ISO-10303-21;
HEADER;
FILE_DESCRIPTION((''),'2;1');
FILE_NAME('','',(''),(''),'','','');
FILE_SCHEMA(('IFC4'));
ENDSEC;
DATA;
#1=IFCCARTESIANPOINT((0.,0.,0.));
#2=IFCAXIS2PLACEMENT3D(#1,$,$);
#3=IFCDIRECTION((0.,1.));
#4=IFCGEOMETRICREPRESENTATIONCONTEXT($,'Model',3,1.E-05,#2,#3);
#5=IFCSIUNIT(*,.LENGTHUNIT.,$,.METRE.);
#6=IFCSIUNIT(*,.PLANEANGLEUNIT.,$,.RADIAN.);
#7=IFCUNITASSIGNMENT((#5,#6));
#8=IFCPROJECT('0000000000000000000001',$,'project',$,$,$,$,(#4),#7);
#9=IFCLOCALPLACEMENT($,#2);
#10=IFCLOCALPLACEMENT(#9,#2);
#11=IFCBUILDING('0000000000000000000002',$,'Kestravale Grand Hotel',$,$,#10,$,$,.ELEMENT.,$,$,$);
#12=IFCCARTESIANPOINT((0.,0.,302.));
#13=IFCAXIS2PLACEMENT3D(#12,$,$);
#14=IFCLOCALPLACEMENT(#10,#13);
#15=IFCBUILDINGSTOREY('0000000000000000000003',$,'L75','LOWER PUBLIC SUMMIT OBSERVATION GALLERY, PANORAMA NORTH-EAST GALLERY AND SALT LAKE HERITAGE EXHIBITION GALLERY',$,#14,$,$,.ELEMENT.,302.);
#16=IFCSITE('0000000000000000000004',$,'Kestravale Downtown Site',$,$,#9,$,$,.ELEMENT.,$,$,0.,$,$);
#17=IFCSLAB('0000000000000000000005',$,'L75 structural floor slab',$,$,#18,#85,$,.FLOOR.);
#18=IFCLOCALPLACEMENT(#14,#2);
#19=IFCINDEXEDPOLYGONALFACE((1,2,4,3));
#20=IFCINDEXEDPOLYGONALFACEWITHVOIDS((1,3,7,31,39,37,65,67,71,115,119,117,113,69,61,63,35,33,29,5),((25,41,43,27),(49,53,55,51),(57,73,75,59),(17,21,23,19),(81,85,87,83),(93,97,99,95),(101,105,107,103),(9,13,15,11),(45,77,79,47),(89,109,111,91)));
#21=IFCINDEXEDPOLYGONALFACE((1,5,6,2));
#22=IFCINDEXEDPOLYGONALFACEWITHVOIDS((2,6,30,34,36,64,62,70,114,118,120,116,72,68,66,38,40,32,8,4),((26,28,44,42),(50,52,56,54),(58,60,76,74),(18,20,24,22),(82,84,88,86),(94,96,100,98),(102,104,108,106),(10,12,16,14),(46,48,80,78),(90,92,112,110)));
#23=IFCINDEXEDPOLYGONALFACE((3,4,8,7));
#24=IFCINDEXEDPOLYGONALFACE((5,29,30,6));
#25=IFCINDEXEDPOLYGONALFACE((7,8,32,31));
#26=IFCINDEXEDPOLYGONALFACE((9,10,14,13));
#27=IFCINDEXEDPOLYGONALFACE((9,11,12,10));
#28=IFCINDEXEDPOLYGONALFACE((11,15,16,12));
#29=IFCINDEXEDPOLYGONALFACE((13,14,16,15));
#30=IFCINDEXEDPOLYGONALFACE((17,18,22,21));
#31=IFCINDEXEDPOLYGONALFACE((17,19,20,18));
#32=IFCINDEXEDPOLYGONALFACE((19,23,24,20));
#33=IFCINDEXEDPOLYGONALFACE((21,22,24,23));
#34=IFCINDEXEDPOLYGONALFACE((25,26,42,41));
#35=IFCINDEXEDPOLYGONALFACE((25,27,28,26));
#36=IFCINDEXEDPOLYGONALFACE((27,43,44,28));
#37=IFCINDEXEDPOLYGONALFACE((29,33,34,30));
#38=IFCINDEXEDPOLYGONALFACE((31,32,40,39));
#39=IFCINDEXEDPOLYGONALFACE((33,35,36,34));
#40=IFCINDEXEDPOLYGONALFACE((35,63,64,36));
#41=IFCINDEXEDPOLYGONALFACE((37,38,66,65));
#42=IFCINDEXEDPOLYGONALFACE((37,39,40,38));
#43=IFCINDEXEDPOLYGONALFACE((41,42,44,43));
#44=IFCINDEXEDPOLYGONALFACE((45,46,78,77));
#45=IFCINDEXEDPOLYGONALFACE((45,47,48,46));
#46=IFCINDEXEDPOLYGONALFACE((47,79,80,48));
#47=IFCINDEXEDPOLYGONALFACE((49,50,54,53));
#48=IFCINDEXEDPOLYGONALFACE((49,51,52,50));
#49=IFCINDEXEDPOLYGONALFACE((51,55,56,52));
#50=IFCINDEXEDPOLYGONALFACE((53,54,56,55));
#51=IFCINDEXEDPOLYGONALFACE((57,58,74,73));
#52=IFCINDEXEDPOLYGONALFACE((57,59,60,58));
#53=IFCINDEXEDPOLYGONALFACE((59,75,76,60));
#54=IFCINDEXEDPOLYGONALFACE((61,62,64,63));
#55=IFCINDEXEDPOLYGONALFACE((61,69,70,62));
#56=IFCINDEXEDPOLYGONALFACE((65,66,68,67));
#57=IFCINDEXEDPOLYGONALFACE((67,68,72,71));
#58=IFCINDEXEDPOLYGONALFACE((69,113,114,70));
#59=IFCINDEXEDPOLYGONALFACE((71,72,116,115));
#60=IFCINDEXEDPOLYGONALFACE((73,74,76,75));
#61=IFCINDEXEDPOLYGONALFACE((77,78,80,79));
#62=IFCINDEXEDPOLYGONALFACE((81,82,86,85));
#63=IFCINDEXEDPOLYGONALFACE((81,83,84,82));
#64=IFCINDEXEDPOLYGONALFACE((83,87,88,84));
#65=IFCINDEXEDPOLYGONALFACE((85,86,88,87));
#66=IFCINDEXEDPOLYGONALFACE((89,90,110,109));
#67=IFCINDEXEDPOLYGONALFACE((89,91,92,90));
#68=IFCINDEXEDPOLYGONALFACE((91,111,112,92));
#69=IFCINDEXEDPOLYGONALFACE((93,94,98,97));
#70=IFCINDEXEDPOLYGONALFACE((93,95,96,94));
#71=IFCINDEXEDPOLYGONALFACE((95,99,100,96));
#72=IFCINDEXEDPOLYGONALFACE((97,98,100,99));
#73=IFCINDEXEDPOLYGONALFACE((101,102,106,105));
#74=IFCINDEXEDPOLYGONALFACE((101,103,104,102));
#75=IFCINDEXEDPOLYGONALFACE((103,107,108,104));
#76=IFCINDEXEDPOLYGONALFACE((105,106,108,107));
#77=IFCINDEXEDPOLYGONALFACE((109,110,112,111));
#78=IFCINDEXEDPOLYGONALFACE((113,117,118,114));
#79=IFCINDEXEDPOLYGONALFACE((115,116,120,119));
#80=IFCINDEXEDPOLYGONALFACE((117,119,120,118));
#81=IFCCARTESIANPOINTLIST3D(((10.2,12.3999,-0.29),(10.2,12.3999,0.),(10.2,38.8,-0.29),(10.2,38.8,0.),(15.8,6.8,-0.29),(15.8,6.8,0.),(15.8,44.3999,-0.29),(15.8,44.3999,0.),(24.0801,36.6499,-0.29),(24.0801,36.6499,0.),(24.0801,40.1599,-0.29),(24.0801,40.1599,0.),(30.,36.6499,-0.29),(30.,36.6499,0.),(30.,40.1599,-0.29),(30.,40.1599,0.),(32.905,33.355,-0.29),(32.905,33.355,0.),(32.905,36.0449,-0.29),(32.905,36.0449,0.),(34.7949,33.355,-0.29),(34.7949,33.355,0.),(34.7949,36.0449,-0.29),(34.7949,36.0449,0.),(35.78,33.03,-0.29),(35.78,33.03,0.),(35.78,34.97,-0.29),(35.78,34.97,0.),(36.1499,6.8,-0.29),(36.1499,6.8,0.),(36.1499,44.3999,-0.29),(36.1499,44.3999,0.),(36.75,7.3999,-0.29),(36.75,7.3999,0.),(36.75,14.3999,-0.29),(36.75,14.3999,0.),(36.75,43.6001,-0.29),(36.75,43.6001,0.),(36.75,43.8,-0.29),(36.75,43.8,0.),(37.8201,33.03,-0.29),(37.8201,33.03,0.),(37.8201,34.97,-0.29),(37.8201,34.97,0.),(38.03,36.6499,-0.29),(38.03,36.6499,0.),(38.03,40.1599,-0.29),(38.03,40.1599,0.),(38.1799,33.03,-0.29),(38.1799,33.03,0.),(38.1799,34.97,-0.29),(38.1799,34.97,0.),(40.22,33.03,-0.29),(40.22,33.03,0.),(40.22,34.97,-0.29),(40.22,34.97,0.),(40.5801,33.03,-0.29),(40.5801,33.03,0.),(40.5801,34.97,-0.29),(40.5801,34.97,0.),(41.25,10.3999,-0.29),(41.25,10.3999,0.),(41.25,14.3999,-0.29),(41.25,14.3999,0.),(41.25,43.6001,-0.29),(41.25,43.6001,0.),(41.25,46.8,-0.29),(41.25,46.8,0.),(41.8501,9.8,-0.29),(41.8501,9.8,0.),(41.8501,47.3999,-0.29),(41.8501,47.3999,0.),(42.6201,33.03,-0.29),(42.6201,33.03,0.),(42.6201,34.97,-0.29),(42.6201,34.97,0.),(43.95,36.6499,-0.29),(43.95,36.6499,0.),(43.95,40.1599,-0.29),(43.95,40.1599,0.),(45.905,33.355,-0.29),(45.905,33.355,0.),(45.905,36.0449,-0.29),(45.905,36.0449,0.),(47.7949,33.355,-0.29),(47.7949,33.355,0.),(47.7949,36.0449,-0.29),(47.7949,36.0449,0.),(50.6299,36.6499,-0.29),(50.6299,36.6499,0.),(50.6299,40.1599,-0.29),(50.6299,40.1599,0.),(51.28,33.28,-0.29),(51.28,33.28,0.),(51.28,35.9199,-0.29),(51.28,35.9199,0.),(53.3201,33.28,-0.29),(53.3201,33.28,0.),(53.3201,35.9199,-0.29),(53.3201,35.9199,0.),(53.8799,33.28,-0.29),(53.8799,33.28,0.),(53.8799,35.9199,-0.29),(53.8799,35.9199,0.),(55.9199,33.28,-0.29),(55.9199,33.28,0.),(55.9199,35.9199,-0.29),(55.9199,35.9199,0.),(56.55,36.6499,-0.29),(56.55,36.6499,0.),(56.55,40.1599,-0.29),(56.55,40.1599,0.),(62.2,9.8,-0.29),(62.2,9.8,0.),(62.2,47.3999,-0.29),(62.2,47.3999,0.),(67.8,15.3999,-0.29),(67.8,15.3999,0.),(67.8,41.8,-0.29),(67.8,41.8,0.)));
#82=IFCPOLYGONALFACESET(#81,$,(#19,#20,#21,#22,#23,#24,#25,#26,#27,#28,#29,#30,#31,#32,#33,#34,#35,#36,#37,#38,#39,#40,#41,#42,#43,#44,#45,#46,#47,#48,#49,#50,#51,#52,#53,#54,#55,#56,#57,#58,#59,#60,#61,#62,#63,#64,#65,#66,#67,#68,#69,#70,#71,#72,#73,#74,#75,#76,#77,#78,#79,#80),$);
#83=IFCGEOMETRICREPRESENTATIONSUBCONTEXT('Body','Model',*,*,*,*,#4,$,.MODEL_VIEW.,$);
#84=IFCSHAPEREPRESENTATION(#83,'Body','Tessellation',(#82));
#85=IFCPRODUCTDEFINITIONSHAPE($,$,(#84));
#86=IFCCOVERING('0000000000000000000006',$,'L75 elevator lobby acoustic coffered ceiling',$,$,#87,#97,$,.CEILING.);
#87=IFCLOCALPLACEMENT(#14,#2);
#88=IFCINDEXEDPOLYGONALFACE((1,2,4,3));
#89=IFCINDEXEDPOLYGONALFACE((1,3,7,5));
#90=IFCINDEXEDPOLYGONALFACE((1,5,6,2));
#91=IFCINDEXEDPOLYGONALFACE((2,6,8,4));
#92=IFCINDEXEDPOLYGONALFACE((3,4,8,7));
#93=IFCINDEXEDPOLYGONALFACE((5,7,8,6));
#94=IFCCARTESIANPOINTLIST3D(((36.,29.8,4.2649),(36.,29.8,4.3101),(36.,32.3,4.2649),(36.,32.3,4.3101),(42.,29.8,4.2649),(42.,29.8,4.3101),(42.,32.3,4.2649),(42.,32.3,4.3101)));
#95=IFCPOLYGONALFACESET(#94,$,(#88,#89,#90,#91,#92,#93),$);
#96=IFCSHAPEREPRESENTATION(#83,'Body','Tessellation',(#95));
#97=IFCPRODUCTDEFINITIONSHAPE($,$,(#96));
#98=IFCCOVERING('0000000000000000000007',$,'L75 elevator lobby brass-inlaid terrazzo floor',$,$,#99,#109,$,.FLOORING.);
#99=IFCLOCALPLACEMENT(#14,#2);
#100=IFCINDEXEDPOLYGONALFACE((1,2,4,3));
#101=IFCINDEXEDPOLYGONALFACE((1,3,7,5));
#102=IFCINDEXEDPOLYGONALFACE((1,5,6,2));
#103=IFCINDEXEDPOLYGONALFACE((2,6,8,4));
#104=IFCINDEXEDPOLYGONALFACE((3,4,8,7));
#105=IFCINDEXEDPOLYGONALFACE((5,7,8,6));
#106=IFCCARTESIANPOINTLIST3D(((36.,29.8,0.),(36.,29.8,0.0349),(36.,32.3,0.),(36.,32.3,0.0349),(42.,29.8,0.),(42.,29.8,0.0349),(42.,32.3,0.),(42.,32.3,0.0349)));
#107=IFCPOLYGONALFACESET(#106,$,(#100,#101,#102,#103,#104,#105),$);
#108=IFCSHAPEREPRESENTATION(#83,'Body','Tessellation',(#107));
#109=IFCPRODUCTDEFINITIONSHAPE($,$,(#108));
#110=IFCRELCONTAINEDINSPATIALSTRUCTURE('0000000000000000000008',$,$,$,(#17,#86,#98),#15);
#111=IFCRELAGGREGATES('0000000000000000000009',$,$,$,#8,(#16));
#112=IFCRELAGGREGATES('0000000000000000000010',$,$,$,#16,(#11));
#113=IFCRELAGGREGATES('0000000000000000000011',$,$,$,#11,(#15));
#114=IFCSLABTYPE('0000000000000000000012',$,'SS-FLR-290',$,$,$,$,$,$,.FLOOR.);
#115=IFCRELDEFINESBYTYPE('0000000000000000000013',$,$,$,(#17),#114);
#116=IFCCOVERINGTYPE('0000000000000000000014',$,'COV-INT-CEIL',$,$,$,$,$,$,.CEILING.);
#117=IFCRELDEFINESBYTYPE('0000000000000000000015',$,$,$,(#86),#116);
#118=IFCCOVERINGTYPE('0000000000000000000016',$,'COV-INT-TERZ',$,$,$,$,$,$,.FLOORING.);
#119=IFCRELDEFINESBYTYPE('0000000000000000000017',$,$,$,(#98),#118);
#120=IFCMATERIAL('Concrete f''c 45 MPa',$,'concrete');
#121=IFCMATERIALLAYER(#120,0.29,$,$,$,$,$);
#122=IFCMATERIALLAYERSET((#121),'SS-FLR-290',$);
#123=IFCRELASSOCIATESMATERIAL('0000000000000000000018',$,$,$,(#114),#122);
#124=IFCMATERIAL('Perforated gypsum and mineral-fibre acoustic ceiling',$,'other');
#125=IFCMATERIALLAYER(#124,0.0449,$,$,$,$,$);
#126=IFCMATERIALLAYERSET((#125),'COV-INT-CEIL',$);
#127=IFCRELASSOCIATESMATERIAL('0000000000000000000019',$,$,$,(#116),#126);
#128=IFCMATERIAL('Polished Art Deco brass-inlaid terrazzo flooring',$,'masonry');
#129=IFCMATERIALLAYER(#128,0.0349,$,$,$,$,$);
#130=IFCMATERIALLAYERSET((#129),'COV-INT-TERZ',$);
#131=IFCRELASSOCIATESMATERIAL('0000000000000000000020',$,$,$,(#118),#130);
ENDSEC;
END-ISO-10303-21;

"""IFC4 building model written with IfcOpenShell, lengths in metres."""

from ifc_helpers import new_model, si_unit, direction, frame, origin, place, context, subcontext, project, spatial, polyline, outline, extrude, material, layer, layer_set, type_object, element, save


model = new_model("IFC4")

# Units and contexts
model_context = context("Model", 3, precision=1e-05, world=origin(), true_north=direction((0.0, 1.0)))
body_context = subcontext(model_context, "Body", "Model", "MODEL_VIEW")
ifc_project = project(units=[si_unit("LENGTHUNIT", "METRE"), si_unit("PLANEANGLEUNIT", "RADIAN")], contexts=[model_context])

# Site, building, storey
site_placement = place(None, origin())
site = spatial("IfcSite", under=ifc_project, at=site_placement, Name="Kestravale Downtown Site", CompositionType="ELEMENT", RefElevation=0.0)
building_placement = place(site_placement, origin())
building = spatial("IfcBuilding", under=site, at=building_placement, Name="Kestravale Grand Hotel", CompositionType="ELEMENT")
storey_placement = place(building_placement, frame((0.0, 0.0, 302.0)))
storey = spatial("IfcBuildingStorey", under=building, at=storey_placement, Name="L75", Description="LOWER PUBLIC SUMMIT OBSERVATION GALLERY, PANORAMA NORTH-EAST GALLERY AND SALT LAKE HERITAGE EXHIBITION GALLERY", CompositionType="ELEMENT", Elevation=302.0)

# Slab
ifc_material_1 = material(Name="Concrete f'c 45 MPa", Category="concrete")
ifc_layer_1 = layer(ifc_material_1, 0.29)
ifc_layer_set_1 = layer_set([ifc_layer_1], Name="SS-FLR-290")
slab_type_1 = type_object("IfcSlabType", Name="SS-FLR-290", PredefinedType="FLOOR", material=ifc_layer_set_1)
slab_1_placement = place(storey_placement, frame((0.0, 0.0, -0.29)))
element("IfcSlab", 1, at=slab_1_placement, inside=storey, type_object=slab_type_1, Name="L75 structural floor slab", PredefinedType="FLOOR", context=body_context, shape_type="SweptSolid", body=[
    extrude(outline(polyline([(15.8, 6.8), (36.1499, 6.8), (36.75, 7.3999), (36.75, 14.3999), (41.25, 14.3999), (41.25, 10.3999), (41.8501, 9.8), (62.2, 9.8), (67.8, 15.3999), (67.8, 41.8), (62.2, 47.3999), (41.8501, 47.3999), (41.25, 46.8), (41.25, 43.6001), (36.75, 43.6001), (36.75, 43.8), (36.1499, 44.3999), (15.8, 44.3999), (10.2, 38.8), (10.2, 12.3999), (15.8, 6.8)]), holes=[polyline([(24.0801, 36.6499), (30.0, 36.6499), (30.0, 40.1599), (24.0801, 40.1599), (24.0801, 36.6499)]), polyline([(38.03, 36.6499), (43.95, 36.6499), (43.95, 40.1599), (38.03, 40.1599), (38.03, 36.6499)]), polyline([(50.6299, 36.6499), (56.55, 36.6499), (56.55, 40.1599), (50.6299, 40.1599), (50.6299, 36.6499)]), polyline([(35.78, 33.03), (37.8201, 33.03), (37.8201, 34.97), (35.78, 34.97), (35.78, 33.03)]), polyline([(38.1799, 33.03), (40.22, 33.03), (40.22, 34.97), (38.1799, 34.97), (38.1799, 33.03)]), polyline([(40.5801, 33.03), (42.6201, 33.03), (42.6201, 34.97), (40.5801, 34.97), (40.5801, 33.03)]), polyline([(32.905, 33.355), (34.7949, 33.355), (34.7949, 36.0449), (32.905, 36.0449), (32.905, 33.355)]), polyline([(45.905, 33.355), (47.7949, 33.355), (47.7949, 36.0449), (45.905, 36.0449), (45.905, 33.355)]), polyline([(51.28, 33.28), (53.3201, 33.28), (53.3201, 35.9199), (51.28, 35.9199), (51.28, 33.28)]), polyline([(53.8799, 33.28), (55.9199, 33.28), (55.9199, 35.9199), (53.8799, 35.9199), (53.8799, 33.28)])]), origin(), (0.0, 0.0, 1.0), 0.29),
])

# Coverings
ifc_material_2 = material(Name="Perforated gypsum and mineral-fibre acoustic ceiling", Category="other")
ifc_layer_2 = layer(ifc_material_2, 0.0449)
ifc_layer_set_2 = layer_set([ifc_layer_2], Name="COV-INT-CEIL")
covering_type_1 = type_object("IfcCoveringType", Name="COV-INT-CEIL", PredefinedType="CEILING", material=ifc_layer_set_2)
covering_1_placement = place(storey_placement, frame((0.0, 0.0, 4.2649)))
element("IfcCovering", 2, at=covering_1_placement, inside=storey, type_object=covering_type_1, Name="L75 elevator lobby acoustic coffered ceiling", PredefinedType="CEILING", context=body_context, shape_type="SweptSolid", body=[
    extrude(outline(polyline([(36.0, 29.8), (42.0, 29.8), (42.0, 32.3), (36.0, 32.3), (36.0, 29.8)])), origin(), (0.0, 0.0, 1.0), 0.0452),
])
ifc_material_3 = material(Name="Polished Art Deco brass-inlaid terrazzo flooring", Category="masonry")
ifc_layer_3 = layer(ifc_material_3, 0.0349)
ifc_layer_set_3 = layer_set([ifc_layer_3], Name="COV-INT-TERZ")
covering_type_2 = type_object("IfcCoveringType", Name="COV-INT-TERZ", PredefinedType="FLOORING", material=ifc_layer_set_3)
covering_2_placement = place(storey_placement, origin())
element("IfcCovering", 3, at=covering_2_placement, inside=storey, type_object=covering_type_2, Name="L75 elevator lobby brass-inlaid terrazzo floor", PredefinedType="FLOORING", context=body_context, shape_type="SweptSolid", body=[
    extrude(outline(polyline([(36.0, 29.8), (42.0, 29.8), (42.0, 32.3), (36.0, 32.3), (36.0, 29.8)])), origin(), (0.0, 0.0, 1.0), 0.0349),
])

save(model, "model.ifc")
